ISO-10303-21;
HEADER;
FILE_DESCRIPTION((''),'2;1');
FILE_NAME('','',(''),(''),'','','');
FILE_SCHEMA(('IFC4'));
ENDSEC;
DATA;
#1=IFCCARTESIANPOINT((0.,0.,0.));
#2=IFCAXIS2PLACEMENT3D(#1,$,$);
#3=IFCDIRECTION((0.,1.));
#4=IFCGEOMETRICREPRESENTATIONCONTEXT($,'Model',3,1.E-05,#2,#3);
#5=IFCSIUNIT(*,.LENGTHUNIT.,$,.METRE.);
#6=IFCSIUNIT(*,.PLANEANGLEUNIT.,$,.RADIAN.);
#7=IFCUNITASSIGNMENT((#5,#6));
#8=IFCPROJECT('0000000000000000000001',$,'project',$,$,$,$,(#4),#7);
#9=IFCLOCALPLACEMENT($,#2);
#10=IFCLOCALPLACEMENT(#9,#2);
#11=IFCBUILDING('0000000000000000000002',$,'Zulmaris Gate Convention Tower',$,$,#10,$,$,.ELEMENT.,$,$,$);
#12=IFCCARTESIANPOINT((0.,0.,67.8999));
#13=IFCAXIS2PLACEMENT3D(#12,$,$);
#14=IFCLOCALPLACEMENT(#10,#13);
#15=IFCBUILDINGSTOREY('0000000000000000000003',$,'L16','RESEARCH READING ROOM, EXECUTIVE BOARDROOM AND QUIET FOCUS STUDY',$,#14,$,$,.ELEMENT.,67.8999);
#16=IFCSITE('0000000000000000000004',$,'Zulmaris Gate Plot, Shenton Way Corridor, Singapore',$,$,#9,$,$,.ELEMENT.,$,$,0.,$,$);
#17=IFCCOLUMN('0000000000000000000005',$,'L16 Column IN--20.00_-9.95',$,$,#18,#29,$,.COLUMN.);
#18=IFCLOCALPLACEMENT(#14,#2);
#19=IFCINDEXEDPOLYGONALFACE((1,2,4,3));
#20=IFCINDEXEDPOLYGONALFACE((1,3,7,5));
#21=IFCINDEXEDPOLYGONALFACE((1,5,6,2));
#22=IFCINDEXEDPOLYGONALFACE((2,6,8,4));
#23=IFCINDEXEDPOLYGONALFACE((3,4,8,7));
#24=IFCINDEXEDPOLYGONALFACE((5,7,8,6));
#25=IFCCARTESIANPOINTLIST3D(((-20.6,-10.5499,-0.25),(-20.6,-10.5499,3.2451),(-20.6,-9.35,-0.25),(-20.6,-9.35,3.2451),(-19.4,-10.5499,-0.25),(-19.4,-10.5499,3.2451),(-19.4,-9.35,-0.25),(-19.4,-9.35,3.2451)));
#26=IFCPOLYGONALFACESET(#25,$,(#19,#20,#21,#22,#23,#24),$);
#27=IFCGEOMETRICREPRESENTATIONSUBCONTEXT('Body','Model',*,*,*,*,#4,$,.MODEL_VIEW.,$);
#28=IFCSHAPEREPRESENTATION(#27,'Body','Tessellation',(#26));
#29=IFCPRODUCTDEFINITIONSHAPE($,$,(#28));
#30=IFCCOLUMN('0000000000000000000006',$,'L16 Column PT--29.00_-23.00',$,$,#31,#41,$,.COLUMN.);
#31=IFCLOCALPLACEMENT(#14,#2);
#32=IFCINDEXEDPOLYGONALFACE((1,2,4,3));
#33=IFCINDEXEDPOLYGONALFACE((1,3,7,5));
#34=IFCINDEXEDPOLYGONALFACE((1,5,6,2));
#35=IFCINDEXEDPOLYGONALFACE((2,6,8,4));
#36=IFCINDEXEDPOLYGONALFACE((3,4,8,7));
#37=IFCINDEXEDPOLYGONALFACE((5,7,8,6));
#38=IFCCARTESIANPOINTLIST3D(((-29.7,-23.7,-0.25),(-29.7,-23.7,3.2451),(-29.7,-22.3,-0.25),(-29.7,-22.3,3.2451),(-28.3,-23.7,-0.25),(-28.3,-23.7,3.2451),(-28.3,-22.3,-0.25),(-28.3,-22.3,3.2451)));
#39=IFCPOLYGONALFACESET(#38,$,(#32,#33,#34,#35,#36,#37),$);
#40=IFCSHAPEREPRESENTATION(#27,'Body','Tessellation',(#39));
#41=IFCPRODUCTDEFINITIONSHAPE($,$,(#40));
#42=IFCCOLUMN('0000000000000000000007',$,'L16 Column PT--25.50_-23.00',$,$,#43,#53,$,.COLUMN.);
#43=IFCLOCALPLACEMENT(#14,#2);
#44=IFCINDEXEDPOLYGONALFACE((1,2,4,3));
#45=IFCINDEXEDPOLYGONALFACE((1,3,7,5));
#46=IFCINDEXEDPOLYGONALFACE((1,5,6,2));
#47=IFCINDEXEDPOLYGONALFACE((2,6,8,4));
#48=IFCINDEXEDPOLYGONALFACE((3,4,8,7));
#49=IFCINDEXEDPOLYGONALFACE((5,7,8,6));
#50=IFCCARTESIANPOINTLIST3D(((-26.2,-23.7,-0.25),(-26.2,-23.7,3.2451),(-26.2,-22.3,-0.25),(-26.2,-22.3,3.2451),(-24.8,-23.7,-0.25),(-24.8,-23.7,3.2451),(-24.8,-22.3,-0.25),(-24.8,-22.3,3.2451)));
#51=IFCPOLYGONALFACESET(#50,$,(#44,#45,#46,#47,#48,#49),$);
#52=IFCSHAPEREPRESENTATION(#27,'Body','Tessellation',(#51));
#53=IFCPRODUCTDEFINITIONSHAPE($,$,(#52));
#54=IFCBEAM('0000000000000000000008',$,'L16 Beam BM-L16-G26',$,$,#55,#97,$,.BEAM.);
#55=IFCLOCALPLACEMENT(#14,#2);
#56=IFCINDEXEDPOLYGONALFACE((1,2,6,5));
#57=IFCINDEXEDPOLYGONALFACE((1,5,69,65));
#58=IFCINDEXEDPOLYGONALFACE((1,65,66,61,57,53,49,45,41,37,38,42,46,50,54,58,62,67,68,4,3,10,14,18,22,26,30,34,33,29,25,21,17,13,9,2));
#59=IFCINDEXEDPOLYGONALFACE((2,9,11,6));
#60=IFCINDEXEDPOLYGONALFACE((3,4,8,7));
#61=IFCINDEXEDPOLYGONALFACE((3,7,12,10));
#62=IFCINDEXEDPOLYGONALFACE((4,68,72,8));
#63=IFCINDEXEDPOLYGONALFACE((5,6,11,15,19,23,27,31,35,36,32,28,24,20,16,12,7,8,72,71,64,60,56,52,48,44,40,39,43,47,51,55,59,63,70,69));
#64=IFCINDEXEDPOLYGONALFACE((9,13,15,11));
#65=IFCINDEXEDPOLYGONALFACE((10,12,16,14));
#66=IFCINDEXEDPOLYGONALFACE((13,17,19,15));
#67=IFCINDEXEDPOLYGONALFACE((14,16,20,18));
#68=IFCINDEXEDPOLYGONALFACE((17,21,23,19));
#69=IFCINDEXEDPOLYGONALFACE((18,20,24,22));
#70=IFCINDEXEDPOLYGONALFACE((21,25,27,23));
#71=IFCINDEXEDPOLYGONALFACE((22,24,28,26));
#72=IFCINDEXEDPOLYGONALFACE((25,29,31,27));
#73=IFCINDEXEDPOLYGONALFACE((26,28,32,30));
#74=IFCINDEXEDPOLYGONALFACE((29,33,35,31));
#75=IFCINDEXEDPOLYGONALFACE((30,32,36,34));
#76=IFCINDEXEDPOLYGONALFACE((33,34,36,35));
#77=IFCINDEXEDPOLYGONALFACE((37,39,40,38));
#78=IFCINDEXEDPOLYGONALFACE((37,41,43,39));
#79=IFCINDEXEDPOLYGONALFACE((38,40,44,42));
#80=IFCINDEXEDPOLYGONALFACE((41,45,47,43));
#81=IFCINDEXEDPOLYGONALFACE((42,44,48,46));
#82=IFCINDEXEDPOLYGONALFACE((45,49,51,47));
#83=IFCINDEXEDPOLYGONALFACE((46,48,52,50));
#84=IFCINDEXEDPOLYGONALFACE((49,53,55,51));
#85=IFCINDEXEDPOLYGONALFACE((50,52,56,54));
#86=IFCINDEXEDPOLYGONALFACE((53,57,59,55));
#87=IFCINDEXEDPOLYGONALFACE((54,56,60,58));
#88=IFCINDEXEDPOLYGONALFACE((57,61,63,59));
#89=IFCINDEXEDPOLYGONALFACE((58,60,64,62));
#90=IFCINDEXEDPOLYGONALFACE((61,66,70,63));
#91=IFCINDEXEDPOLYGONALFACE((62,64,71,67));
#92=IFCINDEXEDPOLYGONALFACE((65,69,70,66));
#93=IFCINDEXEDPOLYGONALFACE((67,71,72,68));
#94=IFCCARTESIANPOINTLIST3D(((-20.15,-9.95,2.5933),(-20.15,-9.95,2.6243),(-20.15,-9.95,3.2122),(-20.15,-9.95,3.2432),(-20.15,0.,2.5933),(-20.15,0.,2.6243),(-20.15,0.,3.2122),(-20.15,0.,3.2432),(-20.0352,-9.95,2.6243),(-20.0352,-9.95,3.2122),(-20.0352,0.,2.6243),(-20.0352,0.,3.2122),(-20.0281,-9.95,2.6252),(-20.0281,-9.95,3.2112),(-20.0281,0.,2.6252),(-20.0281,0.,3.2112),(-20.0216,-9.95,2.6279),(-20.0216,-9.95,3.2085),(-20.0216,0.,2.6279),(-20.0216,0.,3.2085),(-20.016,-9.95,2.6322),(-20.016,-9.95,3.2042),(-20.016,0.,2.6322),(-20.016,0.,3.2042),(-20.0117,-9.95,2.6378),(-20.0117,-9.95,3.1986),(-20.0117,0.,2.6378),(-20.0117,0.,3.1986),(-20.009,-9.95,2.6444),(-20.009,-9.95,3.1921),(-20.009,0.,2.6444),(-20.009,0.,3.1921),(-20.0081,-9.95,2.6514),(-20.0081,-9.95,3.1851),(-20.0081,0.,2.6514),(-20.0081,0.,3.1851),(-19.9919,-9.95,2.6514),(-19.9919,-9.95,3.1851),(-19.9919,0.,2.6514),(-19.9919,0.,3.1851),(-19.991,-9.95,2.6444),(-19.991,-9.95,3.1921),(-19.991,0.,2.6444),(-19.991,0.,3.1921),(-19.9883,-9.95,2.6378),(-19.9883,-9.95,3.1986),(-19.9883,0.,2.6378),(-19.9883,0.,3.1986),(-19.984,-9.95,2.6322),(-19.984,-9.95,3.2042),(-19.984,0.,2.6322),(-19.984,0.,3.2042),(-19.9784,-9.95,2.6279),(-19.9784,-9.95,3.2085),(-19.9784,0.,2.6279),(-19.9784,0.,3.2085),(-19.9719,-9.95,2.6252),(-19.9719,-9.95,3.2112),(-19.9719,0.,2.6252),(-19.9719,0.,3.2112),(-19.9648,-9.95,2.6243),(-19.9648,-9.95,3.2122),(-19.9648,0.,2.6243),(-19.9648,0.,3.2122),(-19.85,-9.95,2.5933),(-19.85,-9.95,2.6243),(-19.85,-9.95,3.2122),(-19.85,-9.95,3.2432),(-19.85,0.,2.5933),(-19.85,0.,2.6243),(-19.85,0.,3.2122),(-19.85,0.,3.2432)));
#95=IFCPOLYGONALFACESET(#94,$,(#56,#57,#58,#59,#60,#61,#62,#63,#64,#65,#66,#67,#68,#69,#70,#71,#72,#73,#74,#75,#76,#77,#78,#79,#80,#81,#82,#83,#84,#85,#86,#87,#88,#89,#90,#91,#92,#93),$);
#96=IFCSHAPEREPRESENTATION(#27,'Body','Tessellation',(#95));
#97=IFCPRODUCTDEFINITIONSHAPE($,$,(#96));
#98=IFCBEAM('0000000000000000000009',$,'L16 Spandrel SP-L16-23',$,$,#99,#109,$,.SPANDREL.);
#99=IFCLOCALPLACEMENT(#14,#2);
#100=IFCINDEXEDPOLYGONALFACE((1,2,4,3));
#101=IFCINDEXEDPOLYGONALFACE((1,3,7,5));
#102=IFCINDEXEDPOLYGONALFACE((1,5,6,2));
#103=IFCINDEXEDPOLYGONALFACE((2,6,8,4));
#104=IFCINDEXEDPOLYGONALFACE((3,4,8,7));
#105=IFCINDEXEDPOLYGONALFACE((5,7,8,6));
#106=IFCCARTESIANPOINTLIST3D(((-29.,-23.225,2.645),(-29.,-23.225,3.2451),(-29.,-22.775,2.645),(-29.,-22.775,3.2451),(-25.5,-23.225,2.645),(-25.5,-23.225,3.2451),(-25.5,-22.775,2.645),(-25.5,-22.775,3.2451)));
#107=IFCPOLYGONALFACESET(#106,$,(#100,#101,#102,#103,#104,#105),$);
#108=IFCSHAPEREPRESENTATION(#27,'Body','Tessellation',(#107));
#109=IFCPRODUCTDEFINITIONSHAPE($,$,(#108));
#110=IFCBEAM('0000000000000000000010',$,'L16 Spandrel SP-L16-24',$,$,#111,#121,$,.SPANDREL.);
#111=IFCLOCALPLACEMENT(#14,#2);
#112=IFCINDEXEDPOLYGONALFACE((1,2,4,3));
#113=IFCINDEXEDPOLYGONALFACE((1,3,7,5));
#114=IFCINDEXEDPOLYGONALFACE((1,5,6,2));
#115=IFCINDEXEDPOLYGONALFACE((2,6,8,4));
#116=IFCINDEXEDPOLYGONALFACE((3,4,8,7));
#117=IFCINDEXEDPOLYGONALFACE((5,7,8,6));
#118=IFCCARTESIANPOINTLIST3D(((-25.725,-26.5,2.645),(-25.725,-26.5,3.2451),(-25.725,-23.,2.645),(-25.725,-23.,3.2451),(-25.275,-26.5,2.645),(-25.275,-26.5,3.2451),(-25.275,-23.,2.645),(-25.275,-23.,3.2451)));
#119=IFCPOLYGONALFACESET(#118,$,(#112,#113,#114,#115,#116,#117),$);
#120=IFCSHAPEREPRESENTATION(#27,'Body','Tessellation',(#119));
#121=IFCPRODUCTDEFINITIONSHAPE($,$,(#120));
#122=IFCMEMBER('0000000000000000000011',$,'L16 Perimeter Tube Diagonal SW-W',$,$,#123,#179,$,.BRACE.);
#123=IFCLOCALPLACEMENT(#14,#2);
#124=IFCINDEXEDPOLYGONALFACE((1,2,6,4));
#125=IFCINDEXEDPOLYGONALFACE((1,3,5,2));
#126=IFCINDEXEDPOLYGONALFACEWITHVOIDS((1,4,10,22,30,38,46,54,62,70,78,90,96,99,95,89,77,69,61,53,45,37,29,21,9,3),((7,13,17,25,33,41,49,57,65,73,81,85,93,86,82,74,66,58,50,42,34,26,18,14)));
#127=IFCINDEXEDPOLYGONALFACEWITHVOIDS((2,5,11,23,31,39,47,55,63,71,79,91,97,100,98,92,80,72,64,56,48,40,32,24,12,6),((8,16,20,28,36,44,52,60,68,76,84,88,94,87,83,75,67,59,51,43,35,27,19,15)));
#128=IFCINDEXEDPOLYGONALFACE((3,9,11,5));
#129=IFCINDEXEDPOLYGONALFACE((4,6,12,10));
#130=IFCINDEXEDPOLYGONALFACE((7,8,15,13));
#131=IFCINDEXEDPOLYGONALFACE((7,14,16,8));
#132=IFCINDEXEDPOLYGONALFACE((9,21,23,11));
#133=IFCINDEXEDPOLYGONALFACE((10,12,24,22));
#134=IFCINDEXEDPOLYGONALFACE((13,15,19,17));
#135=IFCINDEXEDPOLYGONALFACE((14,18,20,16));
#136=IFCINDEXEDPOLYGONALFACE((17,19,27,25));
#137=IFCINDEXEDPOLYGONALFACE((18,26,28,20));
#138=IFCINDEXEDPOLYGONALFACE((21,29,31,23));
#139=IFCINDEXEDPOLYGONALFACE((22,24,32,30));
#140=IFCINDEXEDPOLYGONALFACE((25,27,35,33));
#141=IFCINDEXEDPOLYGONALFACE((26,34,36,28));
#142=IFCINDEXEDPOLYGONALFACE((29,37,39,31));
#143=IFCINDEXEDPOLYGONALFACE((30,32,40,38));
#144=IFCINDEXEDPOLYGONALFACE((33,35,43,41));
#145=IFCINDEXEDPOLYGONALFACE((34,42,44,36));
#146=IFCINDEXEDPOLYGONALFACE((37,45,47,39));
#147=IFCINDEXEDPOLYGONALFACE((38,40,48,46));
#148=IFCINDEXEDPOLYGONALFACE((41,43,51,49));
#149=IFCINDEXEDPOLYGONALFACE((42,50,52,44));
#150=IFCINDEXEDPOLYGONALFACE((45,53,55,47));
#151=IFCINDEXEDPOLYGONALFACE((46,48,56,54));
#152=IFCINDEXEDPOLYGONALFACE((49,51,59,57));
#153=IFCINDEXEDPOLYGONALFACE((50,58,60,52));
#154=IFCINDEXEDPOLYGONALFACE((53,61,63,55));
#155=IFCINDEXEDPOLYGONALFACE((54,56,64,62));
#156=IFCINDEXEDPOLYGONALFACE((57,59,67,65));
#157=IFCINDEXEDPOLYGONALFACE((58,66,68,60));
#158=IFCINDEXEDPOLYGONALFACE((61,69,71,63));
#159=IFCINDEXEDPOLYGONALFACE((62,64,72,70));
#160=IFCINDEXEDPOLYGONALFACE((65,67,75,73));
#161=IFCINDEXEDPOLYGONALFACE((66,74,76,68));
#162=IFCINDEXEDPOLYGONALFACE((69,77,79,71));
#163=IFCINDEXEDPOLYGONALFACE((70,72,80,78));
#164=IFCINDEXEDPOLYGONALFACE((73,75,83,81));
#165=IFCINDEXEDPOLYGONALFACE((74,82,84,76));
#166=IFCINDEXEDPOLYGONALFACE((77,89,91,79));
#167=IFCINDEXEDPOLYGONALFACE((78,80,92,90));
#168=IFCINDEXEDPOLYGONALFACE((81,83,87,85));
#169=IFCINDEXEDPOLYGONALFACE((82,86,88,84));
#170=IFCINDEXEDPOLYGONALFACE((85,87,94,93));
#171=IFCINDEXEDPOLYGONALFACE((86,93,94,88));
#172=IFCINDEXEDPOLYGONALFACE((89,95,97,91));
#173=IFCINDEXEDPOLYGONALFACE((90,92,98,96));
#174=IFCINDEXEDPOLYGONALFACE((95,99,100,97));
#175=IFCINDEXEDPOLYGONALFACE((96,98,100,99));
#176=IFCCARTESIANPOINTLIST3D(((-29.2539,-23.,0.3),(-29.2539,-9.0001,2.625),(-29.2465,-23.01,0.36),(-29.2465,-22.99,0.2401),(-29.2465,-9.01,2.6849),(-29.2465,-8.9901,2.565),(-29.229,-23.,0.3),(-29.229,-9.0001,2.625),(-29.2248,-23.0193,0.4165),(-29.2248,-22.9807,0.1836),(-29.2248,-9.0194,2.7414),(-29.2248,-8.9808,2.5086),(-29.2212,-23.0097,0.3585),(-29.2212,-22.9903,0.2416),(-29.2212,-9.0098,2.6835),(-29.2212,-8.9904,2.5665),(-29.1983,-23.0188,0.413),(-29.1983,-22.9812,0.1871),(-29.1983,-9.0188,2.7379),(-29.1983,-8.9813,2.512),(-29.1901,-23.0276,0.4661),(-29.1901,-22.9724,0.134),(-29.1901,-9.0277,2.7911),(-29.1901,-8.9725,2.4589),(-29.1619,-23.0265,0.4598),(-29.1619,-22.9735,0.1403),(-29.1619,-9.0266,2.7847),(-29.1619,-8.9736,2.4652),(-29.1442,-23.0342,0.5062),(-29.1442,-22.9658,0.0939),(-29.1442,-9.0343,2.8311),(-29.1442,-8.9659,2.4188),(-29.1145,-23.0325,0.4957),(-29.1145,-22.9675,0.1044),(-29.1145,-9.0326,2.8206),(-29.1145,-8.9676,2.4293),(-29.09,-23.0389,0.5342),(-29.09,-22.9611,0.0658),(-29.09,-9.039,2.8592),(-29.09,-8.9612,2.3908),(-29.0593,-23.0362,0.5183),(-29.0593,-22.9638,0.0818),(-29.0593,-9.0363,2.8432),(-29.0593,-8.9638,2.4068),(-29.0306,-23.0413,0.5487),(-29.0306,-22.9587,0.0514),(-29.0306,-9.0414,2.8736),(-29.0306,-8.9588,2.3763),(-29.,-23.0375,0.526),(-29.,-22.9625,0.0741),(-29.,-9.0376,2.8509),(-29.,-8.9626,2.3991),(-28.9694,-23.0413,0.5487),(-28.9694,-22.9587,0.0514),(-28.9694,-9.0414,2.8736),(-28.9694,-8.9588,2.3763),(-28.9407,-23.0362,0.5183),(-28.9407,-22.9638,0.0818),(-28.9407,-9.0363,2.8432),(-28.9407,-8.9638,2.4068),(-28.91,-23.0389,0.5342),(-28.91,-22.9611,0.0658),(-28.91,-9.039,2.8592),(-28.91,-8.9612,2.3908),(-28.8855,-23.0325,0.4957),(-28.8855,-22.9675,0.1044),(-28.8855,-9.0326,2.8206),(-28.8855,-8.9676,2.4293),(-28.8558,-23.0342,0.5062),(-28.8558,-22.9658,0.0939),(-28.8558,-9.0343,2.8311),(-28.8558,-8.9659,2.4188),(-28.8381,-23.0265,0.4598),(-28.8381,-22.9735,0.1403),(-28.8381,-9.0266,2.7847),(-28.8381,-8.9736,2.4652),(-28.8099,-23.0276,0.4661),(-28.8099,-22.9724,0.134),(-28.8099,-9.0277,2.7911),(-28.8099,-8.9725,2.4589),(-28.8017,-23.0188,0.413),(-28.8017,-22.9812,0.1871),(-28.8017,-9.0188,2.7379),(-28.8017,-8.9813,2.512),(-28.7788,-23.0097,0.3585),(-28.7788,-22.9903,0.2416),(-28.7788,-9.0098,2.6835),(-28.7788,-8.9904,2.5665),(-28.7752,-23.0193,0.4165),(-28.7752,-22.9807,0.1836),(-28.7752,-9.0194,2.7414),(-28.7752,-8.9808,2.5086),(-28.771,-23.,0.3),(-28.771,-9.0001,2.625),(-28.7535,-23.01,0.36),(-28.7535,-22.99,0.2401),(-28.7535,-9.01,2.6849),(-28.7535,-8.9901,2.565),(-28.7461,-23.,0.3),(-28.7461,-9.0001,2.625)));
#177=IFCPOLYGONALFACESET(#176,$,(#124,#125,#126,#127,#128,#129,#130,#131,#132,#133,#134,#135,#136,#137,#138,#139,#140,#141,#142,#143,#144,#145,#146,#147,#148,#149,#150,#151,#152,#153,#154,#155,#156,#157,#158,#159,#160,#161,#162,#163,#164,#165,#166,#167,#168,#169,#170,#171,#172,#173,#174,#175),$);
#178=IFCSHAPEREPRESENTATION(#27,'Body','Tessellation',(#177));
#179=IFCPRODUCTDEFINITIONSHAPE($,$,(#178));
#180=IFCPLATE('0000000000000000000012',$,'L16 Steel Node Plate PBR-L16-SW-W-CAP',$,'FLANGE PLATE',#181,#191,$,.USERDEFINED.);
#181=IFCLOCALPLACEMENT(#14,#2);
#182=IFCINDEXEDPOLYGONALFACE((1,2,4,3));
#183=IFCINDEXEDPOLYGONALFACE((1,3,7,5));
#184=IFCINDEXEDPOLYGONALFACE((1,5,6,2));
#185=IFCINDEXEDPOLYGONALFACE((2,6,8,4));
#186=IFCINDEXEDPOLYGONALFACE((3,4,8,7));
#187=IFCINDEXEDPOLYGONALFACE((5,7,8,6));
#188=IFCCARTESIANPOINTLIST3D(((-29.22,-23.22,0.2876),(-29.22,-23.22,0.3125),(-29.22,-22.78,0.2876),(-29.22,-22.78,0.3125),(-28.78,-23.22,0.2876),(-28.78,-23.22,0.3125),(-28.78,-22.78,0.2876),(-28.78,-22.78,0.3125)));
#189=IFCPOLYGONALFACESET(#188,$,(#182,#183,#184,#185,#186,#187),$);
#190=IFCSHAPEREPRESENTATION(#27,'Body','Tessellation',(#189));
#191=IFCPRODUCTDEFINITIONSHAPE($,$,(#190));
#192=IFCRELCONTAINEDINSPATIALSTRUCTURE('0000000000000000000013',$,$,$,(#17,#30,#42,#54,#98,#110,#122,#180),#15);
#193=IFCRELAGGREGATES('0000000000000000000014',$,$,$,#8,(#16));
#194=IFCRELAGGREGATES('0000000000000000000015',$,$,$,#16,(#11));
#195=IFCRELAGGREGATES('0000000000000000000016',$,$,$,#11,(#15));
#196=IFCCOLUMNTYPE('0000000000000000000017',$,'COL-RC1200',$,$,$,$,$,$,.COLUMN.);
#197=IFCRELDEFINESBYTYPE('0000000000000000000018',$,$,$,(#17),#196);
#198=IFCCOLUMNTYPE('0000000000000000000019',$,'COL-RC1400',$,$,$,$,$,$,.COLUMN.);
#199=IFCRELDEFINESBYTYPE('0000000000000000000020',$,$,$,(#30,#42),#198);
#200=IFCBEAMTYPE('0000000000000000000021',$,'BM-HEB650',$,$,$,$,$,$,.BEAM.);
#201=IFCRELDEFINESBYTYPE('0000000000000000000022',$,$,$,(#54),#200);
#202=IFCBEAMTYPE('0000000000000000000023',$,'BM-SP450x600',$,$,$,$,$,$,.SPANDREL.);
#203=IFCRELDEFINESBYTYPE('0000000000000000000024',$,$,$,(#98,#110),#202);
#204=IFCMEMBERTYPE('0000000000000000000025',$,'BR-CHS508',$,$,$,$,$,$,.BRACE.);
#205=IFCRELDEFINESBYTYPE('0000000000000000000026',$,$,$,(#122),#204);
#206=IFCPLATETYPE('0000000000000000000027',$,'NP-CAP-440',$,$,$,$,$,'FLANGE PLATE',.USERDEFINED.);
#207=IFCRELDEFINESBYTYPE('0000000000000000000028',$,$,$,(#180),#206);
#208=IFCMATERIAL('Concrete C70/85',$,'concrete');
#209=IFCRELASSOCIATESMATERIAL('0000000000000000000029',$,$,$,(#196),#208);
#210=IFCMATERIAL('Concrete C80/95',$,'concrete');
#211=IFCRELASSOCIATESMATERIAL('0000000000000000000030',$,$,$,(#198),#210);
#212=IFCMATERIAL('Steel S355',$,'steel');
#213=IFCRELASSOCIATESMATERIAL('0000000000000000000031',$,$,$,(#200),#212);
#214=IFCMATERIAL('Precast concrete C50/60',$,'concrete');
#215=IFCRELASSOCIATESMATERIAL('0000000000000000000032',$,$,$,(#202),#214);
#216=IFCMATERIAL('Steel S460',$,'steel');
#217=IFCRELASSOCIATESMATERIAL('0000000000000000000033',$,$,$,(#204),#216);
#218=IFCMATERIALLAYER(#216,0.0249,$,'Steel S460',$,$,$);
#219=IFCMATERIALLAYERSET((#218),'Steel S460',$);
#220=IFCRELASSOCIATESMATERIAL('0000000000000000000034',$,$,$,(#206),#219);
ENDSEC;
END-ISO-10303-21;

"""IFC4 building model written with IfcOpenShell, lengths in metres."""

from ifc_helpers import new_model, si_unit, direction, frame, origin, origin_2d, place, context, subcontext, project, spatial, rectangle, hollow_circle, i_section, extrude, material, layer, layer_set, material_profile, profile_set, type_object, element, save


model = new_model("IFC4")

# Units and contexts
model_context = context("Model", 3, precision=1e-05, world=origin(), true_north=direction((0.0, 1.0)))
body_context = subcontext(model_context, "Body", "Model", "MODEL_VIEW")
ifc_project = project(units=[si_unit("LENGTHUNIT", "METRE"), si_unit("PLANEANGLEUNIT", "RADIAN")], contexts=[model_context])

# Site, building, storey
site_placement = place(None, origin())
site = spatial("IfcSite", under=ifc_project, at=site_placement, Name="Zulmaris Gate Plot, Shenton Way Corridor, Singapore", CompositionType="ELEMENT", RefElevation=0.0)
building_placement = place(site_placement, origin())
building = spatial("IfcBuilding", under=site, at=building_placement, Name="Zulmaris Gate Convention Tower", CompositionType="ELEMENT")
storey_placement = place(building_placement, frame((0.0, 0.0, 67.8999)))
storey = spatial("IfcBuildingStorey", under=building, at=storey_placement, Name="L16", Description="RESEARCH READING ROOM, EXECUTIVE BOARDROOM AND QUIET FOCUS STUDY", CompositionType="ELEMENT", Elevation=67.8999)

# Columns
ifc_material_1 = material(Name="Concrete C70/85", Category="concrete")
ifc_material_profile_1 = material_profile(ifc_material_1, rectangle(XDim=1.2, YDim=1.2, at=origin_2d()), Name="RC COL 1200x1200")
ifc_profile_set_1 = profile_set([ifc_material_profile_1], Name="Concrete C70/85")
column_type_1 = type_object("IfcColumnType", Name="COL-RC1200", PredefinedType="COLUMN", material=ifc_profile_set_1)
column_placement = place(storey_placement, frame((-20.0, -9.95, -0.25), z_axis=(0.0, 0.0, 1.0), x_axis=(1.0, 0.0, 0.0)))
element("IfcColumn", 1, at=column_placement, inside=storey, type_object=column_type_1, Name="L16 Column IN--20.00_-9.95", PredefinedType="COLUMN", context=body_context, shape_type="SweptSolid", body=[
    extrude(rectangle(XDim=1.2, YDim=1.2, at=origin_2d()), origin(), (0.0, 0.0, 1.0), 3.4951),
])
ifc_material_2 = material(Name="Concrete C80/95", Category="concrete")
ifc_material_profile_2 = material_profile(ifc_material_2, rectangle(XDim=1.3999, YDim=1.3999, at=origin_2d()), Name="RC COL 1400x1400")
ifc_profile_set_2 = profile_set([ifc_material_profile_2], Name="Concrete C80/95")
column_type_2 = type_object("IfcColumnType", Name="COL-RC1400", PredefinedType="COLUMN", material=ifc_profile_set_2)
for number, where, z_axis, x_axis, name in (
    (2, (-29.0, -23.0, -0.25), (0.0, 0.0, 1.0), (1.0, 0.0, 0.0), "L16 Column PT--29.00_-23.00"),
    (3, (-25.5, -23.0, -0.25), (0.0, 0.0, 1.0), (1.0, 0.0, 0.0), "L16 Column PT--25.50_-23.00"),
):
    element("IfcColumn", number, at=place(storey_placement, frame(where, z_axis=z_axis, x_axis=x_axis)), inside=storey, type_object=column_type_2, Name=name, PredefinedType="COLUMN", context=body_context, shape_type="SweptSolid", body=[
        extrude(rectangle(XDim=1.3999, YDim=1.3999, at=origin_2d()), origin(), (0.0, 0.0, 1.0), 3.4951),
    ])

# Beams
ifc_material_3 = material(Name="Steel S355", Category="steel")
ifc_material_profile_3 = material_profile(ifc_material_3, i_section(OverallWidth=0.3, OverallDepth=0.6499, WebThickness=0.0161, FlangeThickness=0.031, FilletRadius=0.0271, at=origin_2d()), Name="HEB 650")
ifc_profile_set_3 = profile_set([ifc_material_profile_3], Name="Steel S355")
beam_type_1 = type_object("IfcBeamType", Name="BM-HEB650", PredefinedType="BEAM", material=ifc_profile_set_3)
beam_placement = place(storey_placement, frame((-20.0, -9.95, 2.9182), z_axis=(0.0, 1.0, 0.0), x_axis=(-1.0, 0.0, 0.0)))
element("IfcBeam", 4, at=beam_placement, inside=storey, type_object=beam_type_1, Name="L16 Beam BM-L16-G26", PredefinedType="BEAM", context=body_context, shape_type="SweptSolid", body=[
    extrude(i_section(OverallWidth=0.3, OverallDepth=0.6499, WebThickness=0.0161, FlangeThickness=0.031, FilletRadius=0.0271, at=origin_2d()), origin(), (0.0, 0.0, 1.0), 9.95),
])
ifc_material_4 = material(Name="Precast concrete C50/60", Category="concrete")
ifc_material_profile_4 = material_profile(ifc_material_4, rectangle(XDim=0.45, YDim=0.6001, at=origin_2d()), Name="RC SPANDREL 450x600")
ifc_profile_set_4 = profile_set([ifc_material_profile_4], Name="Precast concrete C50/60")
beam_type_2 = type_object("IfcBeamType", Name="BM-SP450x600", PredefinedType="SPANDREL", material=ifc_profile_set_4)
for number, where, z_axis, x_axis, name in (
    (5, (-29.0, -23.0, 2.9451), (1.0, 0.0, 0.0), (0.0, 1.0, 0.0), "L16 Spandrel SP-L16-23"),
    (6, (-25.5, -23.0, 2.9451), (0.0, -1.0, 0.0), (1.0, 0.0, 0.0), "L16 Spandrel SP-L16-24"),
):
    element("IfcBeam", number, at=place(storey_placement, frame(where, z_axis=z_axis, x_axis=x_axis)), inside=storey, type_object=beam_type_2, Name=name, PredefinedType="SPANDREL", context=body_context, shape_type="SweptSolid", body=[
        extrude(rectangle(XDim=0.45, YDim=0.6001, at=origin_2d()), origin(), (0.0, 0.0, 1.0), 3.5),
    ])

# Member
ifc_material_5 = material(Name="Steel S460", Category="steel")
ifc_material_profile_5 = material_profile(ifc_material_5, hollow_circle(Radius=0.2539, WallThickness=0.0249, at=origin_2d()), Name="CHS 508x25")
ifc_profile_set_5 = profile_set([ifc_material_profile_5], Name="Steel S460")
member_type = type_object("IfcMemberType", Name="BR-CHS508", PredefinedType="BRACE", material=ifc_profile_set_5)
member_placement = place(storey_placement, frame((-29.0, -23.0, 0.3), z_axis=(0.0, 0.98649, 0.163824), x_axis=(-1.0, 0.0, 0.0)))
element("IfcMember", 7, at=member_placement, inside=storey, type_object=member_type, Name="L16 Perimeter Tube Diagonal SW-W", PredefinedType="BRACE", context=body_context, shape_type="SweptSolid", body=[
    extrude(hollow_circle(Radius=0.2539, WallThickness=0.0249, at=origin_2d()), origin(), (0.0, 0.0, 1.0), 14.1917),
])

# Plate
ifc_layer_1 = layer(ifc_material_5, 0.0249, Name="Steel S460")
ifc_layer_set_1 = layer_set([ifc_layer_1], Name="Steel S460")
plate_type = type_object("IfcPlateType", Name="NP-CAP-440", ElementType="FLANGE PLATE", PredefinedType="USERDEFINED", material=ifc_layer_set_1)
plate_placement = place(storey_placement, frame((-29.0, -23.0, 0.2876), z_axis=(0.0, 0.0, 1.0), x_axis=(1.0, 0.0, 0.0)))
element("IfcPlate", 8, at=plate_placement, inside=storey, type_object=plate_type, Name="L16 Steel Node Plate PBR-L16-SW-W-CAP", ObjectType="FLANGE PLATE", PredefinedType="USERDEFINED", context=body_context, shape_type="SweptSolid", body=[
    extrude(rectangle(XDim=0.4399, YDim=0.4399, at=origin_2d()), origin(), (0.0, 0.0, 1.0), 0.0249),
])

save(model, "model.ifc")
